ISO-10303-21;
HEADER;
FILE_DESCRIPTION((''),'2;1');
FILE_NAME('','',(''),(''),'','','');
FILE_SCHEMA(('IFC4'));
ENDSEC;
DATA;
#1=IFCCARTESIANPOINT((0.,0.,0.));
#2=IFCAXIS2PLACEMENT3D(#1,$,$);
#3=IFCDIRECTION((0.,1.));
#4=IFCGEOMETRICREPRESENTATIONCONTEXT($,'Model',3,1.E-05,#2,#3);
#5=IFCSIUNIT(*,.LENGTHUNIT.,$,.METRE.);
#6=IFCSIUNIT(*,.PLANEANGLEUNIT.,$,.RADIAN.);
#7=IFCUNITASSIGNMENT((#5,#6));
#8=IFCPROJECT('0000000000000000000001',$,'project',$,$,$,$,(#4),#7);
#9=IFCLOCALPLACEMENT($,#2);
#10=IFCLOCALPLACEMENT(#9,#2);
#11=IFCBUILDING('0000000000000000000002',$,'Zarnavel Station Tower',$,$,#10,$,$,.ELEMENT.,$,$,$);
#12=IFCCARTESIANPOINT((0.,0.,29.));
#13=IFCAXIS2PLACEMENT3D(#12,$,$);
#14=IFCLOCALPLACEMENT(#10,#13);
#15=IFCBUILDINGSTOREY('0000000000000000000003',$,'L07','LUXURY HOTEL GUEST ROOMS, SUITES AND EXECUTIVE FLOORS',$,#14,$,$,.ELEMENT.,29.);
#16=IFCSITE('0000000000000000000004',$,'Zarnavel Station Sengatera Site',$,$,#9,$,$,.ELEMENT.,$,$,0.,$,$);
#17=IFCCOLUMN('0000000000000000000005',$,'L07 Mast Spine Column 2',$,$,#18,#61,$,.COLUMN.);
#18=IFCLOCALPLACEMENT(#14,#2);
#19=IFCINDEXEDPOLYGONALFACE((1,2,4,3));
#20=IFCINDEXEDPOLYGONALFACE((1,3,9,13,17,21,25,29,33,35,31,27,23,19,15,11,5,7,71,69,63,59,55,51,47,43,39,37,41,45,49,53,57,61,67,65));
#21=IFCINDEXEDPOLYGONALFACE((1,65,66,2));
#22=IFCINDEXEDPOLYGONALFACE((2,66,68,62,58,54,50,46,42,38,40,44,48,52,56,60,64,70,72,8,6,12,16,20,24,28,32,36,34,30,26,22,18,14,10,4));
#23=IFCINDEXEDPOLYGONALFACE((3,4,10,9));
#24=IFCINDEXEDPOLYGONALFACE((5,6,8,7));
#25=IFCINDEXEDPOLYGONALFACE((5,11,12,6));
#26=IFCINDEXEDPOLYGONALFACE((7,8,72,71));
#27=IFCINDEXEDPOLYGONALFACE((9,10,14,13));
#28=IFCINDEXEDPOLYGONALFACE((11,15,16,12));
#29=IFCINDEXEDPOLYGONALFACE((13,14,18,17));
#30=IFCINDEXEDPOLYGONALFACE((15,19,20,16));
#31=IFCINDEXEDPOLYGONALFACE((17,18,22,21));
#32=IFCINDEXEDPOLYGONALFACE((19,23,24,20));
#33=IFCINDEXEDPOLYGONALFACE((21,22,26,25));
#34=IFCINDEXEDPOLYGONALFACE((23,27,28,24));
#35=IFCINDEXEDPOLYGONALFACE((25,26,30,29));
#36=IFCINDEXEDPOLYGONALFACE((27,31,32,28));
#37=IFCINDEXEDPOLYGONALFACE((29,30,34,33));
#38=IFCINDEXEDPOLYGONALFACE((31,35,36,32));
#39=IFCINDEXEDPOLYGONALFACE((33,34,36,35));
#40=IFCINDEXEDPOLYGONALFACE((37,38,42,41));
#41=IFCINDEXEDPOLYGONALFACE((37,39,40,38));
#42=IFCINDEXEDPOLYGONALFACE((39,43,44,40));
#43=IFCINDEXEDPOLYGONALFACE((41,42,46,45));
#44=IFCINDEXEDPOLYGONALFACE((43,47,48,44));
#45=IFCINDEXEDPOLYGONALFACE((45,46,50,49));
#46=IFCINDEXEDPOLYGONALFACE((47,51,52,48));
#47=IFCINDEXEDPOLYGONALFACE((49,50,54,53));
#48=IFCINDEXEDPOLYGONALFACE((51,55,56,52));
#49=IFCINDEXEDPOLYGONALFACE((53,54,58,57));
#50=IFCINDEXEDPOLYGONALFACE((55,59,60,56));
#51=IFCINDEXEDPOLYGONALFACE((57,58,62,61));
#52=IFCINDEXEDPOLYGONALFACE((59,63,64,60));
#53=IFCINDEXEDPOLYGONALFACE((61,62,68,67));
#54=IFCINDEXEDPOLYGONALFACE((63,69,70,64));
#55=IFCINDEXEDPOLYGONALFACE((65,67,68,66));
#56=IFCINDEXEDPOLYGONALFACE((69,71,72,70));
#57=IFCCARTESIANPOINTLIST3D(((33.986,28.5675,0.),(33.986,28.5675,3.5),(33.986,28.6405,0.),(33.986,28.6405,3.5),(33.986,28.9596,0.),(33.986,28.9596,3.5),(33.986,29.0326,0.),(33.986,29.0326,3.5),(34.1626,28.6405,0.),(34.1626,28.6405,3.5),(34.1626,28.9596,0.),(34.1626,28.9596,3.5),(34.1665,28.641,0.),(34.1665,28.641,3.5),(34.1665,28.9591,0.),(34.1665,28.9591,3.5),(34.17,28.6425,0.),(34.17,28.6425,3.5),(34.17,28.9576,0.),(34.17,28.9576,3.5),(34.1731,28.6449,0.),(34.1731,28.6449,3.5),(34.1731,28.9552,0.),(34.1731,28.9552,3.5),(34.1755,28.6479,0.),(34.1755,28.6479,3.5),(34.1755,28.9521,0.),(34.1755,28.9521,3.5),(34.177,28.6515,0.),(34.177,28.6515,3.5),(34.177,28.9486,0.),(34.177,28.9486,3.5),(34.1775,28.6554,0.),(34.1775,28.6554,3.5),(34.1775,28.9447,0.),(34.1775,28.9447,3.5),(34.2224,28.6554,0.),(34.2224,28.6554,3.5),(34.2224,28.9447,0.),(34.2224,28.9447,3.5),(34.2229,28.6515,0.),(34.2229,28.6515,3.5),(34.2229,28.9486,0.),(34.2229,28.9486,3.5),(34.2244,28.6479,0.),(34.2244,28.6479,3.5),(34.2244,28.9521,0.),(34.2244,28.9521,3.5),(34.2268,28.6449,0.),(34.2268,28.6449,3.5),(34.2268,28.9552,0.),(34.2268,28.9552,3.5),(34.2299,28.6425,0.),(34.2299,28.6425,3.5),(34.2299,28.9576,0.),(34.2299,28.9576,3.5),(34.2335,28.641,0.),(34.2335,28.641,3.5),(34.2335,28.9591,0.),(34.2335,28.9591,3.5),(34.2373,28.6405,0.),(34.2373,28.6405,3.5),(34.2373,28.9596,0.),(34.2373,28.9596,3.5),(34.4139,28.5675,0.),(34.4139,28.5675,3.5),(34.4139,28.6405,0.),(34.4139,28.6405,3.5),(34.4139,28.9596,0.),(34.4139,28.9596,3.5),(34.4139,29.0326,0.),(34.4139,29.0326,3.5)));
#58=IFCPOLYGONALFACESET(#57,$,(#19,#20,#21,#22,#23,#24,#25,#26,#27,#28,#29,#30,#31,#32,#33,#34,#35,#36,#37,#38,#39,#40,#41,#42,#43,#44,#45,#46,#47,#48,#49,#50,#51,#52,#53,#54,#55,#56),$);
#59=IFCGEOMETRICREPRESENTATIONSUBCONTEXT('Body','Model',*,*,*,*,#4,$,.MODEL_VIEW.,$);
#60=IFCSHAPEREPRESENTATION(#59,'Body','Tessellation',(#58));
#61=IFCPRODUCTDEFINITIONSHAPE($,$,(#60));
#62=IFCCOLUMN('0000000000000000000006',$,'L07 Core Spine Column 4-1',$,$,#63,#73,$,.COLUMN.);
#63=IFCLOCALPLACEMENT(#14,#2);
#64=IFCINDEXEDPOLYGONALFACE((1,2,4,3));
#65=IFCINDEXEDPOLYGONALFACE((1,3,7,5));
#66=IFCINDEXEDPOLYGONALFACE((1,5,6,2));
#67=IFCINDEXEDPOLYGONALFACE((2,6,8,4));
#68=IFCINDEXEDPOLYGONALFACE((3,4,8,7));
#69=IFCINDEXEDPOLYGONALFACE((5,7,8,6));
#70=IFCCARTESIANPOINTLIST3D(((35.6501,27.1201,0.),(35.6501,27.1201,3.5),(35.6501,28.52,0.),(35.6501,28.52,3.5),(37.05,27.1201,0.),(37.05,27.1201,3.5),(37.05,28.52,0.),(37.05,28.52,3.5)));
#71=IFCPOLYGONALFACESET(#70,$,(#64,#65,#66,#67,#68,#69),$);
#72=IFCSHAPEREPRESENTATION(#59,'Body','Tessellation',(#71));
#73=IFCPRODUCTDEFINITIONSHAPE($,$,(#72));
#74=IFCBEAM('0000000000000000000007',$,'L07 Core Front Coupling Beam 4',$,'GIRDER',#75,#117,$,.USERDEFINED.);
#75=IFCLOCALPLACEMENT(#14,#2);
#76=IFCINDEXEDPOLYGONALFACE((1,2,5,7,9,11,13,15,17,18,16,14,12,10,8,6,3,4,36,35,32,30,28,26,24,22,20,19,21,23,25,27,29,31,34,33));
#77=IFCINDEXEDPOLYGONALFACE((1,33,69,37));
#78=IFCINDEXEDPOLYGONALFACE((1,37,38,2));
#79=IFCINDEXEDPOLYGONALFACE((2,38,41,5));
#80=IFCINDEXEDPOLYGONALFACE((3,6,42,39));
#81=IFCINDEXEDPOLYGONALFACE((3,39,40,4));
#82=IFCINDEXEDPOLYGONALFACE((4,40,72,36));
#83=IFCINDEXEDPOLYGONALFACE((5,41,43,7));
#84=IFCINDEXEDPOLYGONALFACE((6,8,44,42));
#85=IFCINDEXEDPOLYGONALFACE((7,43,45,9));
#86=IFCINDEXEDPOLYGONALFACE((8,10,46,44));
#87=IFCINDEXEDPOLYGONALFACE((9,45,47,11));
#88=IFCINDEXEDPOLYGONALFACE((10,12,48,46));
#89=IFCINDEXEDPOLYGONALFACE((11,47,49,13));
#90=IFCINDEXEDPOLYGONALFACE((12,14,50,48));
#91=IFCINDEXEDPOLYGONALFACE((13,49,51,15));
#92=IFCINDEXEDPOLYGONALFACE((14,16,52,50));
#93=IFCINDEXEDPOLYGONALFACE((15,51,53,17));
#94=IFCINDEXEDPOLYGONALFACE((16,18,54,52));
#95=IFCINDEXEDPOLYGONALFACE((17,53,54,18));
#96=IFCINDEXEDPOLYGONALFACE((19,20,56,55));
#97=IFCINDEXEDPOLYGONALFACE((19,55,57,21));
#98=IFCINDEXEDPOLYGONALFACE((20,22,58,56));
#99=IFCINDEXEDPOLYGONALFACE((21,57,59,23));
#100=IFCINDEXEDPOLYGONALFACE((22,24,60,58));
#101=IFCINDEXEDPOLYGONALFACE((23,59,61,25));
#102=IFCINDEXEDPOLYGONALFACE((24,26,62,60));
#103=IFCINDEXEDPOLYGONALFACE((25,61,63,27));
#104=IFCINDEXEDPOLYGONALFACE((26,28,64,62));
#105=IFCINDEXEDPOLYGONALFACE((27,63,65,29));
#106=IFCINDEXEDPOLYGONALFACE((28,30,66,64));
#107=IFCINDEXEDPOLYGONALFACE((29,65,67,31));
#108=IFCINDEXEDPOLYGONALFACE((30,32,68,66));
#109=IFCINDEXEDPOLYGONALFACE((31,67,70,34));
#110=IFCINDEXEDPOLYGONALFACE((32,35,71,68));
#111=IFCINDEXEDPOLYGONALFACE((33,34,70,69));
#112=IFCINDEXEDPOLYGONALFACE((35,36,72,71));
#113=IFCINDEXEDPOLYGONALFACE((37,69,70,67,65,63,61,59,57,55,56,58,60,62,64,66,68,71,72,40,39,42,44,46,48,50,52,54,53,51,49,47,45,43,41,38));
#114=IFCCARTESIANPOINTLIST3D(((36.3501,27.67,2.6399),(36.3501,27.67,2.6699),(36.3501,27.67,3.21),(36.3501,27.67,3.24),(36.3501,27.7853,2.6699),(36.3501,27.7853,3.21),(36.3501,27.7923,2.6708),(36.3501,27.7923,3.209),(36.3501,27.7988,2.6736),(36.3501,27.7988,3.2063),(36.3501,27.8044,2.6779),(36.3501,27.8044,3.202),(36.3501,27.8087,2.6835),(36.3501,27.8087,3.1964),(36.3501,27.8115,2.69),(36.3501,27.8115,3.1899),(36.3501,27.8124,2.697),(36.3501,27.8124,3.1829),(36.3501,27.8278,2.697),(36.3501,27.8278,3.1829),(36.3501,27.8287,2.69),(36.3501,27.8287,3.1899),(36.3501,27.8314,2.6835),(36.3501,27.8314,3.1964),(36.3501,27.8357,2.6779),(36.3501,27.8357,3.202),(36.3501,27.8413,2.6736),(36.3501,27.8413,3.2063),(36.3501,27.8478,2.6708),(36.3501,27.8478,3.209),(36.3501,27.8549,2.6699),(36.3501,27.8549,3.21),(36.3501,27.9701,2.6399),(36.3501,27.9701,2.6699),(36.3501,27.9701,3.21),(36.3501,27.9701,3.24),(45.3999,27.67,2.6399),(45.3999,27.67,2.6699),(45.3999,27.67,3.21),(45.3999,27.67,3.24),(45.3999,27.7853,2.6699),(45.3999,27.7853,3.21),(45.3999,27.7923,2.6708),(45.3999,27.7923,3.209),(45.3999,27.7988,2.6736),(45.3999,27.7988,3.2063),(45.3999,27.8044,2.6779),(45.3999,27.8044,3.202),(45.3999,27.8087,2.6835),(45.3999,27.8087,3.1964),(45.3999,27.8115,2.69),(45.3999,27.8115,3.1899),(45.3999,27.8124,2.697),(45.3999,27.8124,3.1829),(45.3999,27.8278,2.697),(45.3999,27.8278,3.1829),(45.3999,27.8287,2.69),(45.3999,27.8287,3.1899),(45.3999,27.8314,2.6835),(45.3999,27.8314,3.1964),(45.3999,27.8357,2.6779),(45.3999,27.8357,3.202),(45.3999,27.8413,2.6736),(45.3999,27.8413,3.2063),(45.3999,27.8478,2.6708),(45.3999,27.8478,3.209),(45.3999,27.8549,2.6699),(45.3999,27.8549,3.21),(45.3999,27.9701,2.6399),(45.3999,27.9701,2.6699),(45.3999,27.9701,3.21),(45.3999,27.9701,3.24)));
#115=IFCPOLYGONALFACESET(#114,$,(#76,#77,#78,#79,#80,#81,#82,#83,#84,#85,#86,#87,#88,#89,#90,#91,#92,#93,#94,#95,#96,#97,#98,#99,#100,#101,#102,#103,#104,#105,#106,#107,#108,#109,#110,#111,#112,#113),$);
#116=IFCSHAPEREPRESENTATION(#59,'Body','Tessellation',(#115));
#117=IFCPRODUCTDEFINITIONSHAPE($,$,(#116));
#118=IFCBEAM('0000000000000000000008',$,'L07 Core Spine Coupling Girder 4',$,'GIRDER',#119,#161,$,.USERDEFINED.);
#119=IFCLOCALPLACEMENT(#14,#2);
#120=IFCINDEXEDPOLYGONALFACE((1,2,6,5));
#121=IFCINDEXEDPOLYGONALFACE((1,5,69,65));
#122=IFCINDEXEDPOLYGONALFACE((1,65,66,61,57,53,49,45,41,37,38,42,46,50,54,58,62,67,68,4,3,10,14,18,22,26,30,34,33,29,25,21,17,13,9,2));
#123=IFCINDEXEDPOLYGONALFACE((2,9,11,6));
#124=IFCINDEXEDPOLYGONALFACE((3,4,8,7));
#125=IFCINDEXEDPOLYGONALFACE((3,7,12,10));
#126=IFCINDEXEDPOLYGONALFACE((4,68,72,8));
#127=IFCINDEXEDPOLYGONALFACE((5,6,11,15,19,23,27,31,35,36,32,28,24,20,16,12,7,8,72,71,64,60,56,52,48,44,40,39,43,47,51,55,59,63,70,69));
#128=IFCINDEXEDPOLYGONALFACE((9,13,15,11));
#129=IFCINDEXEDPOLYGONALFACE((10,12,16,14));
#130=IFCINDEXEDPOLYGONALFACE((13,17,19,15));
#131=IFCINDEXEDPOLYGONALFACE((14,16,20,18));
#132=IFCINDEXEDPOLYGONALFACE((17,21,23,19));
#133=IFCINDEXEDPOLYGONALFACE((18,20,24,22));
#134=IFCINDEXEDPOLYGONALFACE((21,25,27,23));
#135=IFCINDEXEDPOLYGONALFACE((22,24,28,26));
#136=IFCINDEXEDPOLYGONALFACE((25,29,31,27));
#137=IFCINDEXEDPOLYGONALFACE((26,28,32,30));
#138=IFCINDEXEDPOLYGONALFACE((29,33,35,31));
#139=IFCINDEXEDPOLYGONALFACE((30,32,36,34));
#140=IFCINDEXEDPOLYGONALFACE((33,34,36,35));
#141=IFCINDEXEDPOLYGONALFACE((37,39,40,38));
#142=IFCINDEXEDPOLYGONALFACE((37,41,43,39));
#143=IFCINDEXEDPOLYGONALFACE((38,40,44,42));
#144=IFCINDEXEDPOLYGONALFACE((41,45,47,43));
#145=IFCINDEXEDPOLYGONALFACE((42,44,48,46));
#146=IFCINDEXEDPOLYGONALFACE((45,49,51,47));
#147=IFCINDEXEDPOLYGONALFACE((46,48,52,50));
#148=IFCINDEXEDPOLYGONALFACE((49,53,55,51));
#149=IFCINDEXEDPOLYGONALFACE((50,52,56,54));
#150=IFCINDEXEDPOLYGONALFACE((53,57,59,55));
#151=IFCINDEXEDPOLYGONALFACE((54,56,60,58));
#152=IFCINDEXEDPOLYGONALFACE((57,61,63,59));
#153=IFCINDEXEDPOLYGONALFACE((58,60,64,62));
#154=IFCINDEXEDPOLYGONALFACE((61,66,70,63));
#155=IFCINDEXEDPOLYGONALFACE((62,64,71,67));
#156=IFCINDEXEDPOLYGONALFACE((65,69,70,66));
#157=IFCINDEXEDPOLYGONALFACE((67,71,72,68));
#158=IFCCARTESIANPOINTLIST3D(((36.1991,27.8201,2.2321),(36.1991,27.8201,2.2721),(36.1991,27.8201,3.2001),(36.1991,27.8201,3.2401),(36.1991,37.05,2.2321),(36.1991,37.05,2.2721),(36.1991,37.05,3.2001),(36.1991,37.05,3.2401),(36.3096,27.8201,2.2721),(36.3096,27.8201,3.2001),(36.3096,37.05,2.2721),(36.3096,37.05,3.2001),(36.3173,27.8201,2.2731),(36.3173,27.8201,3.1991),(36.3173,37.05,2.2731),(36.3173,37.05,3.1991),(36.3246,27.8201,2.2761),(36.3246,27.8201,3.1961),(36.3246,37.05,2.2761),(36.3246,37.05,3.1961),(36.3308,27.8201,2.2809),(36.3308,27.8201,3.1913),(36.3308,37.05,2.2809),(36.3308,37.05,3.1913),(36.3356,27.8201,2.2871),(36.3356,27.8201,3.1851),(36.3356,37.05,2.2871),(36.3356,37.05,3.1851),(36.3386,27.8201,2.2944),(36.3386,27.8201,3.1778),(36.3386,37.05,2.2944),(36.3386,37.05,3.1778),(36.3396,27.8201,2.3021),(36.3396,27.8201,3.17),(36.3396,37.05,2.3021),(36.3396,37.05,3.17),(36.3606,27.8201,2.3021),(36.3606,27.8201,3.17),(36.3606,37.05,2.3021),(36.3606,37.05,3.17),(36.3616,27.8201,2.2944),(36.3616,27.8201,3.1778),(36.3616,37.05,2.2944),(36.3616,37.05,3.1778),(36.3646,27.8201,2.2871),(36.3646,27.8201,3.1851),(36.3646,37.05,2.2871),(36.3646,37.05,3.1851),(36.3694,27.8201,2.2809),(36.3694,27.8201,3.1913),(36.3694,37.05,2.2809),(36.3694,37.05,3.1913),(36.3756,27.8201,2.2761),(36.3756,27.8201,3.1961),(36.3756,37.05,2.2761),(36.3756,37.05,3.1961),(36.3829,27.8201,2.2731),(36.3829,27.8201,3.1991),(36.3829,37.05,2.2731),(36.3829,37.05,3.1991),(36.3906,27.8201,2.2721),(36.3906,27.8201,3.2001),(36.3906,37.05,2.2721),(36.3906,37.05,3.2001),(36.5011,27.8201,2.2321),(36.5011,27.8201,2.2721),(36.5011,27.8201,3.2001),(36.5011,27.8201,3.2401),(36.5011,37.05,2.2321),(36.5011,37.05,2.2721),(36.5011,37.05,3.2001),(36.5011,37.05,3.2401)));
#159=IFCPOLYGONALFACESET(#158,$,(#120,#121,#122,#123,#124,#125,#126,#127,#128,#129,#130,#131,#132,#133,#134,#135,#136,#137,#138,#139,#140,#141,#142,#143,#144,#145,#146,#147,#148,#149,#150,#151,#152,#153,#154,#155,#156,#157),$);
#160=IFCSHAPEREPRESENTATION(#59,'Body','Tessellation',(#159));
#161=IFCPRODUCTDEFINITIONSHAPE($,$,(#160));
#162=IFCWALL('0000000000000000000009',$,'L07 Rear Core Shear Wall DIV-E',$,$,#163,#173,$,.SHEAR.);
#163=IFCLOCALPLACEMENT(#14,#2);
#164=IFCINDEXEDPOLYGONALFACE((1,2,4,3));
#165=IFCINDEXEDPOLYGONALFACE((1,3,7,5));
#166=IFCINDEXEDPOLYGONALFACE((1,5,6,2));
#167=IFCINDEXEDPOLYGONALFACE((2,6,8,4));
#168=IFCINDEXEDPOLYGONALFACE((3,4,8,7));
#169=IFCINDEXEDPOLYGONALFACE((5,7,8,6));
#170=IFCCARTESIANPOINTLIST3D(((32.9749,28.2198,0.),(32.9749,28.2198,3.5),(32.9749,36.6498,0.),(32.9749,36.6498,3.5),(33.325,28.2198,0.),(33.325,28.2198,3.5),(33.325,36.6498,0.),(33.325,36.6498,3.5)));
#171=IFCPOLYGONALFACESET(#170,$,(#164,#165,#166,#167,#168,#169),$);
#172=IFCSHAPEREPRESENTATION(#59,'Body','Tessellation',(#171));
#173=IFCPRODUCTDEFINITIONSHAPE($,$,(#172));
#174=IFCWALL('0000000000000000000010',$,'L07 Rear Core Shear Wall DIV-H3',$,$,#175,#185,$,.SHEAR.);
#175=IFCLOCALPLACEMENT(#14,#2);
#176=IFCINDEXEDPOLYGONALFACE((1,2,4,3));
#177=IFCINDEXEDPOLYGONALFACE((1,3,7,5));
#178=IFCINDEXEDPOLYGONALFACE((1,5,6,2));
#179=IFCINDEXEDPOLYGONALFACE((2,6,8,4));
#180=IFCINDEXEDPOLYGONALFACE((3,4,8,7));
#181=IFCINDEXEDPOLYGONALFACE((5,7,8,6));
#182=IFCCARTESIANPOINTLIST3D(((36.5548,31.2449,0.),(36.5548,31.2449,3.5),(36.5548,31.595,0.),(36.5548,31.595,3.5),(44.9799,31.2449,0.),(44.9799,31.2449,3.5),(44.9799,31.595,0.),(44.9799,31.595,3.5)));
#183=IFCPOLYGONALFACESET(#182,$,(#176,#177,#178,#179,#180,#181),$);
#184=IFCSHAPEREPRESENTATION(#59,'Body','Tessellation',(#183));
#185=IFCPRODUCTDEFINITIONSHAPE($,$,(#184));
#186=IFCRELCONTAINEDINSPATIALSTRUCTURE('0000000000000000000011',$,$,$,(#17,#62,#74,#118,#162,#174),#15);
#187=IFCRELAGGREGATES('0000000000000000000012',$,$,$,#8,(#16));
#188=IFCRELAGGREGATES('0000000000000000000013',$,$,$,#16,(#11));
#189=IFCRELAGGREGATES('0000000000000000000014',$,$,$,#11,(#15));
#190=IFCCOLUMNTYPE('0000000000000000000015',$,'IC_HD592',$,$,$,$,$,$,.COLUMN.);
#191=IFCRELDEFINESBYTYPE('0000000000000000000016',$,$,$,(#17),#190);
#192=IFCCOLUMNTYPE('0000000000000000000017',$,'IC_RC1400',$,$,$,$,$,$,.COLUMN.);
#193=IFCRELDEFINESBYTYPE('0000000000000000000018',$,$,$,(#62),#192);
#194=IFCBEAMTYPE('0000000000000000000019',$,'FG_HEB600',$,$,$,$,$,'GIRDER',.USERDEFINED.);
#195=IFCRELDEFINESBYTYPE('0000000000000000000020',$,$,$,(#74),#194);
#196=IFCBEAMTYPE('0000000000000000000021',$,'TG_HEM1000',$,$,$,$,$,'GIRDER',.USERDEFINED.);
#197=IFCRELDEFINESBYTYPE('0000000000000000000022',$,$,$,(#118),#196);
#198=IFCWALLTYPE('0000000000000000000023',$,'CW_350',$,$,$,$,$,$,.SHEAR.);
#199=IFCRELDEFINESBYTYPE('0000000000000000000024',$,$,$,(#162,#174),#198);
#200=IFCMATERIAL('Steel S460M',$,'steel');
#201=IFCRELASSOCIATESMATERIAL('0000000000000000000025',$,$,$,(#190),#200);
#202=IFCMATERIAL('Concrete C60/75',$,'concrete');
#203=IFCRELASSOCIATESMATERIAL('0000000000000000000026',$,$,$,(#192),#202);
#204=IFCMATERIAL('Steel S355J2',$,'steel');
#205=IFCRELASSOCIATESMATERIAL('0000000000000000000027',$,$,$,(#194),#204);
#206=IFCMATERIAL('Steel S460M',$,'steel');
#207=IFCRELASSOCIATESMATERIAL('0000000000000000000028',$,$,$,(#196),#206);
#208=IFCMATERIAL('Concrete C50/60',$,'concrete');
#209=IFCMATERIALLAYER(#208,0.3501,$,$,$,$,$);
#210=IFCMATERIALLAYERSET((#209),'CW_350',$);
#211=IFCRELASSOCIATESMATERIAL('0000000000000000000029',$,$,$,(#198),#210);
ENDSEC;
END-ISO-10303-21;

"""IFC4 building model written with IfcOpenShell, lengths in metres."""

from ifc_helpers import new_model, si_unit, direction, frame, frame_2d, origin, origin_2d, place, context, subcontext, project, spatial, rectangle, i_section, extrude, material, layer, layer_set, material_profile, profile_set, type_object, element, save


model = new_model("IFC4")

# Units and contexts
model_context = context("Model", 3, precision=1e-05, world=origin(), true_north=direction((0.0, 1.0)))
body_context = subcontext(model_context, "Body", "Model", "MODEL_VIEW")
ifc_project = project(units=[si_unit("LENGTHUNIT", "METRE"), si_unit("PLANEANGLEUNIT", "RADIAN")], contexts=[model_context])

# Site, building, storey
site_placement = place(None, origin())
site = spatial("IfcSite", under=ifc_project, at=site_placement, Name="Zarnavel Station Sengatera Site", CompositionType="ELEMENT", RefElevation=0.0)
building_placement = place(site_placement, origin())
building = spatial("IfcBuilding", under=site, at=building_placement, Name="Zarnavel Station Tower", CompositionType="ELEMENT")
storey_placement = place(building_placement, frame((0.0, 0.0, 29.0)))
storey = spatial("IfcBuildingStorey", under=building, at=storey_placement, Name="L07", Description="LUXURY HOTEL GUEST ROOMS, SUITES AND EXECUTIVE FLOORS", CompositionType="ELEMENT", Elevation=29.0)

# Columns
ifc_material_1 = material(Name="Steel S460M", Category="steel")
ifc_material_profile_1 = material_profile(ifc_material_1, i_section(OverallWidth=0.428, OverallDepth=0.4651, WebThickness=0.0449, FlangeThickness=0.073, FilletRadius=0.0149, at=origin_2d()), Name="HD400x592")
ifc_profile_set_1 = profile_set([ifc_material_profile_1], Name="Steel S460M")
column_type_1 = type_object("IfcColumnType", Name="IC_HD592", PredefinedType="COLUMN", material=ifc_profile_set_1)
column_1_placement = place(storey_placement, frame((34.2, 28.8, 0.0), z_axis=(0.0, 0.0, 1.0), x_axis=(1.0, 0.0, 0.0)))
element("IfcColumn", 1, at=column_1_placement, inside=storey, type_object=column_type_1, Name="L07 Mast Spine Column 2", PredefinedType="COLUMN", context=body_context, shape_type="SweptSolid", body=[
    extrude(i_section(OverallWidth=0.428, OverallDepth=0.4651, WebThickness=0.0449, FlangeThickness=0.073, FilletRadius=0.0149, at=origin_2d()), origin(), (0.0, 0.0, 1.0), 3.5),
])
ifc_material_2 = material(Name="Concrete C60/75", Category="concrete")
ifc_material_profile_2 = material_profile(ifc_material_2, rectangle(XDim=1.3999, YDim=1.3999, at=origin_2d()), Name="RC1400x1400")
ifc_profile_set_2 = profile_set([ifc_material_profile_2], Name="Concrete C60/75")
column_type_2 = type_object("IfcColumnType", Name="IC_RC1400", PredefinedType="COLUMN", material=ifc_profile_set_2)
column_2_placement = place(storey_placement, frame((36.3501, 27.8201, 0.0), z_axis=(0.0, 0.0, 1.0), x_axis=(1.0, 0.0, 0.0)))
element("IfcColumn", 2, at=column_2_placement, inside=storey, type_object=column_type_2, Name="L07 Core Spine Column 4-1", PredefinedType="COLUMN", context=body_context, shape_type="SweptSolid", body=[
    extrude(rectangle(XDim=1.3999, YDim=1.3999, at=origin_2d()), origin(), (0.0, 0.0, 1.0), 3.5),
])

# Beams
ifc_material_3 = material(Name="Steel S355J2", Category="steel")
ifc_material_profile_3 = material_profile(ifc_material_3, i_section(OverallWidth=0.3, OverallDepth=0.6001, WebThickness=0.0154, FlangeThickness=0.03, FilletRadius=0.0271, at=origin_2d()), Name="HEB600")
ifc_profile_set_3 = profile_set([ifc_material_profile_3], Name="Steel S355J2")
beam_type_1 = type_object("IfcBeamType", Name="FG_HEB600", ElementType="GIRDER", PredefinedType="USERDEFINED", material=ifc_profile_set_3)
beam_1_placement = place(storey_placement, frame((36.3501, 27.8201, 2.9399), z_axis=(1.0, 0.0, 0.0), x_axis=(0.0, 1.0, 0.0)))
element("IfcBeam", 3, at=beam_1_placement, inside=storey, type_object=beam_type_1, Name="L07 Core Front Coupling Beam 4", ObjectType="GIRDER", PredefinedType="USERDEFINED", context=body_context, shape_type="SweptSolid", body=[
    extrude(i_section(OverallWidth=0.3, OverallDepth=0.6001, WebThickness=0.0154, FlangeThickness=0.03, FilletRadius=0.0271, at=origin_2d()), origin(), (0.0, 0.0, 1.0), 9.0498),
])
ifc_material_4 = material(Name="Steel S460M", Category="steel")
ifc_material_profile_4 = material_profile(ifc_material_4, i_section(OverallWidth=0.302, OverallDepth=1.0081, WebThickness=0.021, FlangeThickness=0.04, FilletRadius=0.03, at=origin_2d()), Name="HEM1000")
ifc_profile_set_4 = profile_set([ifc_material_profile_4], Name="Steel S460M")
beam_type_2 = type_object("IfcBeamType", Name="TG_HEM1000", ElementType="GIRDER", PredefinedType="USERDEFINED", material=ifc_profile_set_4)
beam_2_placement = place(storey_placement, frame((36.3501, 27.8201, 2.7361), z_axis=(0.0, 1.0, 0.0), x_axis=(-1.0, 0.0, 0.0)))
element("IfcBeam", 4, at=beam_2_placement, inside=storey, type_object=beam_type_2, Name="L07 Core Spine Coupling Girder 4", ObjectType="GIRDER", PredefinedType="USERDEFINED", context=body_context, shape_type="SweptSolid", body=[
    extrude(i_section(OverallWidth=0.302, OverallDepth=1.0081, WebThickness=0.021, FlangeThickness=0.04, FilletRadius=0.03, at=origin_2d()), origin(), (0.0, 0.0, 1.0), 9.23),
])

# Wall
ifc_material_5 = material(Name="Concrete C50/60", Category="concrete")
ifc_layer_1 = layer(ifc_material_5, 0.3501)
ifc_layer_set_1 = layer_set([ifc_layer_1], Name="CW_350")
wall_type_1 = type_object("IfcWallType", Name="CW_350", PredefinedType="SHEAR", material=ifc_layer_set_1)
wall_1_placement = place(storey_placement, frame((33.1499, 28.22, 0.0), z_axis=(0.0, 0.0, 1.0), x_axis=(0.0, 1.0, 0.0)))
element("IfcWall", 5, at=wall_1_placement, inside=storey, type_object=wall_type_1, Name="L07 Rear Core Shear Wall DIV-E", PredefinedType="SHEAR", context=body_context, shape_type="SweptSolid", body=[
    extrude(rectangle(XDim=8.4299, YDim=0.3501, at=frame_2d((4.2148, 0.0))), origin(), (0.0, 0.0, 1.0), 3.5),
])

# Wall
wall_2_placement = place(storey_placement, frame((36.5549, 31.4199, 0.0), z_axis=(0.0, 0.0, 1.0), x_axis=(1.0, 0.0, 0.0)))
element("IfcWall", 6, at=wall_2_placement, inside=storey, type_object=wall_type_1, Name="L07 Rear Core Shear Wall DIV-H3", PredefinedType="SHEAR", context=body_context, shape_type="SweptSolid", body=[
    extrude(rectangle(XDim=8.425, YDim=0.3501, at=frame_2d((4.2124, 0.0))), origin(), (0.0, 0.0, 1.0), 3.5),
])

save(model, "model.ifc")
